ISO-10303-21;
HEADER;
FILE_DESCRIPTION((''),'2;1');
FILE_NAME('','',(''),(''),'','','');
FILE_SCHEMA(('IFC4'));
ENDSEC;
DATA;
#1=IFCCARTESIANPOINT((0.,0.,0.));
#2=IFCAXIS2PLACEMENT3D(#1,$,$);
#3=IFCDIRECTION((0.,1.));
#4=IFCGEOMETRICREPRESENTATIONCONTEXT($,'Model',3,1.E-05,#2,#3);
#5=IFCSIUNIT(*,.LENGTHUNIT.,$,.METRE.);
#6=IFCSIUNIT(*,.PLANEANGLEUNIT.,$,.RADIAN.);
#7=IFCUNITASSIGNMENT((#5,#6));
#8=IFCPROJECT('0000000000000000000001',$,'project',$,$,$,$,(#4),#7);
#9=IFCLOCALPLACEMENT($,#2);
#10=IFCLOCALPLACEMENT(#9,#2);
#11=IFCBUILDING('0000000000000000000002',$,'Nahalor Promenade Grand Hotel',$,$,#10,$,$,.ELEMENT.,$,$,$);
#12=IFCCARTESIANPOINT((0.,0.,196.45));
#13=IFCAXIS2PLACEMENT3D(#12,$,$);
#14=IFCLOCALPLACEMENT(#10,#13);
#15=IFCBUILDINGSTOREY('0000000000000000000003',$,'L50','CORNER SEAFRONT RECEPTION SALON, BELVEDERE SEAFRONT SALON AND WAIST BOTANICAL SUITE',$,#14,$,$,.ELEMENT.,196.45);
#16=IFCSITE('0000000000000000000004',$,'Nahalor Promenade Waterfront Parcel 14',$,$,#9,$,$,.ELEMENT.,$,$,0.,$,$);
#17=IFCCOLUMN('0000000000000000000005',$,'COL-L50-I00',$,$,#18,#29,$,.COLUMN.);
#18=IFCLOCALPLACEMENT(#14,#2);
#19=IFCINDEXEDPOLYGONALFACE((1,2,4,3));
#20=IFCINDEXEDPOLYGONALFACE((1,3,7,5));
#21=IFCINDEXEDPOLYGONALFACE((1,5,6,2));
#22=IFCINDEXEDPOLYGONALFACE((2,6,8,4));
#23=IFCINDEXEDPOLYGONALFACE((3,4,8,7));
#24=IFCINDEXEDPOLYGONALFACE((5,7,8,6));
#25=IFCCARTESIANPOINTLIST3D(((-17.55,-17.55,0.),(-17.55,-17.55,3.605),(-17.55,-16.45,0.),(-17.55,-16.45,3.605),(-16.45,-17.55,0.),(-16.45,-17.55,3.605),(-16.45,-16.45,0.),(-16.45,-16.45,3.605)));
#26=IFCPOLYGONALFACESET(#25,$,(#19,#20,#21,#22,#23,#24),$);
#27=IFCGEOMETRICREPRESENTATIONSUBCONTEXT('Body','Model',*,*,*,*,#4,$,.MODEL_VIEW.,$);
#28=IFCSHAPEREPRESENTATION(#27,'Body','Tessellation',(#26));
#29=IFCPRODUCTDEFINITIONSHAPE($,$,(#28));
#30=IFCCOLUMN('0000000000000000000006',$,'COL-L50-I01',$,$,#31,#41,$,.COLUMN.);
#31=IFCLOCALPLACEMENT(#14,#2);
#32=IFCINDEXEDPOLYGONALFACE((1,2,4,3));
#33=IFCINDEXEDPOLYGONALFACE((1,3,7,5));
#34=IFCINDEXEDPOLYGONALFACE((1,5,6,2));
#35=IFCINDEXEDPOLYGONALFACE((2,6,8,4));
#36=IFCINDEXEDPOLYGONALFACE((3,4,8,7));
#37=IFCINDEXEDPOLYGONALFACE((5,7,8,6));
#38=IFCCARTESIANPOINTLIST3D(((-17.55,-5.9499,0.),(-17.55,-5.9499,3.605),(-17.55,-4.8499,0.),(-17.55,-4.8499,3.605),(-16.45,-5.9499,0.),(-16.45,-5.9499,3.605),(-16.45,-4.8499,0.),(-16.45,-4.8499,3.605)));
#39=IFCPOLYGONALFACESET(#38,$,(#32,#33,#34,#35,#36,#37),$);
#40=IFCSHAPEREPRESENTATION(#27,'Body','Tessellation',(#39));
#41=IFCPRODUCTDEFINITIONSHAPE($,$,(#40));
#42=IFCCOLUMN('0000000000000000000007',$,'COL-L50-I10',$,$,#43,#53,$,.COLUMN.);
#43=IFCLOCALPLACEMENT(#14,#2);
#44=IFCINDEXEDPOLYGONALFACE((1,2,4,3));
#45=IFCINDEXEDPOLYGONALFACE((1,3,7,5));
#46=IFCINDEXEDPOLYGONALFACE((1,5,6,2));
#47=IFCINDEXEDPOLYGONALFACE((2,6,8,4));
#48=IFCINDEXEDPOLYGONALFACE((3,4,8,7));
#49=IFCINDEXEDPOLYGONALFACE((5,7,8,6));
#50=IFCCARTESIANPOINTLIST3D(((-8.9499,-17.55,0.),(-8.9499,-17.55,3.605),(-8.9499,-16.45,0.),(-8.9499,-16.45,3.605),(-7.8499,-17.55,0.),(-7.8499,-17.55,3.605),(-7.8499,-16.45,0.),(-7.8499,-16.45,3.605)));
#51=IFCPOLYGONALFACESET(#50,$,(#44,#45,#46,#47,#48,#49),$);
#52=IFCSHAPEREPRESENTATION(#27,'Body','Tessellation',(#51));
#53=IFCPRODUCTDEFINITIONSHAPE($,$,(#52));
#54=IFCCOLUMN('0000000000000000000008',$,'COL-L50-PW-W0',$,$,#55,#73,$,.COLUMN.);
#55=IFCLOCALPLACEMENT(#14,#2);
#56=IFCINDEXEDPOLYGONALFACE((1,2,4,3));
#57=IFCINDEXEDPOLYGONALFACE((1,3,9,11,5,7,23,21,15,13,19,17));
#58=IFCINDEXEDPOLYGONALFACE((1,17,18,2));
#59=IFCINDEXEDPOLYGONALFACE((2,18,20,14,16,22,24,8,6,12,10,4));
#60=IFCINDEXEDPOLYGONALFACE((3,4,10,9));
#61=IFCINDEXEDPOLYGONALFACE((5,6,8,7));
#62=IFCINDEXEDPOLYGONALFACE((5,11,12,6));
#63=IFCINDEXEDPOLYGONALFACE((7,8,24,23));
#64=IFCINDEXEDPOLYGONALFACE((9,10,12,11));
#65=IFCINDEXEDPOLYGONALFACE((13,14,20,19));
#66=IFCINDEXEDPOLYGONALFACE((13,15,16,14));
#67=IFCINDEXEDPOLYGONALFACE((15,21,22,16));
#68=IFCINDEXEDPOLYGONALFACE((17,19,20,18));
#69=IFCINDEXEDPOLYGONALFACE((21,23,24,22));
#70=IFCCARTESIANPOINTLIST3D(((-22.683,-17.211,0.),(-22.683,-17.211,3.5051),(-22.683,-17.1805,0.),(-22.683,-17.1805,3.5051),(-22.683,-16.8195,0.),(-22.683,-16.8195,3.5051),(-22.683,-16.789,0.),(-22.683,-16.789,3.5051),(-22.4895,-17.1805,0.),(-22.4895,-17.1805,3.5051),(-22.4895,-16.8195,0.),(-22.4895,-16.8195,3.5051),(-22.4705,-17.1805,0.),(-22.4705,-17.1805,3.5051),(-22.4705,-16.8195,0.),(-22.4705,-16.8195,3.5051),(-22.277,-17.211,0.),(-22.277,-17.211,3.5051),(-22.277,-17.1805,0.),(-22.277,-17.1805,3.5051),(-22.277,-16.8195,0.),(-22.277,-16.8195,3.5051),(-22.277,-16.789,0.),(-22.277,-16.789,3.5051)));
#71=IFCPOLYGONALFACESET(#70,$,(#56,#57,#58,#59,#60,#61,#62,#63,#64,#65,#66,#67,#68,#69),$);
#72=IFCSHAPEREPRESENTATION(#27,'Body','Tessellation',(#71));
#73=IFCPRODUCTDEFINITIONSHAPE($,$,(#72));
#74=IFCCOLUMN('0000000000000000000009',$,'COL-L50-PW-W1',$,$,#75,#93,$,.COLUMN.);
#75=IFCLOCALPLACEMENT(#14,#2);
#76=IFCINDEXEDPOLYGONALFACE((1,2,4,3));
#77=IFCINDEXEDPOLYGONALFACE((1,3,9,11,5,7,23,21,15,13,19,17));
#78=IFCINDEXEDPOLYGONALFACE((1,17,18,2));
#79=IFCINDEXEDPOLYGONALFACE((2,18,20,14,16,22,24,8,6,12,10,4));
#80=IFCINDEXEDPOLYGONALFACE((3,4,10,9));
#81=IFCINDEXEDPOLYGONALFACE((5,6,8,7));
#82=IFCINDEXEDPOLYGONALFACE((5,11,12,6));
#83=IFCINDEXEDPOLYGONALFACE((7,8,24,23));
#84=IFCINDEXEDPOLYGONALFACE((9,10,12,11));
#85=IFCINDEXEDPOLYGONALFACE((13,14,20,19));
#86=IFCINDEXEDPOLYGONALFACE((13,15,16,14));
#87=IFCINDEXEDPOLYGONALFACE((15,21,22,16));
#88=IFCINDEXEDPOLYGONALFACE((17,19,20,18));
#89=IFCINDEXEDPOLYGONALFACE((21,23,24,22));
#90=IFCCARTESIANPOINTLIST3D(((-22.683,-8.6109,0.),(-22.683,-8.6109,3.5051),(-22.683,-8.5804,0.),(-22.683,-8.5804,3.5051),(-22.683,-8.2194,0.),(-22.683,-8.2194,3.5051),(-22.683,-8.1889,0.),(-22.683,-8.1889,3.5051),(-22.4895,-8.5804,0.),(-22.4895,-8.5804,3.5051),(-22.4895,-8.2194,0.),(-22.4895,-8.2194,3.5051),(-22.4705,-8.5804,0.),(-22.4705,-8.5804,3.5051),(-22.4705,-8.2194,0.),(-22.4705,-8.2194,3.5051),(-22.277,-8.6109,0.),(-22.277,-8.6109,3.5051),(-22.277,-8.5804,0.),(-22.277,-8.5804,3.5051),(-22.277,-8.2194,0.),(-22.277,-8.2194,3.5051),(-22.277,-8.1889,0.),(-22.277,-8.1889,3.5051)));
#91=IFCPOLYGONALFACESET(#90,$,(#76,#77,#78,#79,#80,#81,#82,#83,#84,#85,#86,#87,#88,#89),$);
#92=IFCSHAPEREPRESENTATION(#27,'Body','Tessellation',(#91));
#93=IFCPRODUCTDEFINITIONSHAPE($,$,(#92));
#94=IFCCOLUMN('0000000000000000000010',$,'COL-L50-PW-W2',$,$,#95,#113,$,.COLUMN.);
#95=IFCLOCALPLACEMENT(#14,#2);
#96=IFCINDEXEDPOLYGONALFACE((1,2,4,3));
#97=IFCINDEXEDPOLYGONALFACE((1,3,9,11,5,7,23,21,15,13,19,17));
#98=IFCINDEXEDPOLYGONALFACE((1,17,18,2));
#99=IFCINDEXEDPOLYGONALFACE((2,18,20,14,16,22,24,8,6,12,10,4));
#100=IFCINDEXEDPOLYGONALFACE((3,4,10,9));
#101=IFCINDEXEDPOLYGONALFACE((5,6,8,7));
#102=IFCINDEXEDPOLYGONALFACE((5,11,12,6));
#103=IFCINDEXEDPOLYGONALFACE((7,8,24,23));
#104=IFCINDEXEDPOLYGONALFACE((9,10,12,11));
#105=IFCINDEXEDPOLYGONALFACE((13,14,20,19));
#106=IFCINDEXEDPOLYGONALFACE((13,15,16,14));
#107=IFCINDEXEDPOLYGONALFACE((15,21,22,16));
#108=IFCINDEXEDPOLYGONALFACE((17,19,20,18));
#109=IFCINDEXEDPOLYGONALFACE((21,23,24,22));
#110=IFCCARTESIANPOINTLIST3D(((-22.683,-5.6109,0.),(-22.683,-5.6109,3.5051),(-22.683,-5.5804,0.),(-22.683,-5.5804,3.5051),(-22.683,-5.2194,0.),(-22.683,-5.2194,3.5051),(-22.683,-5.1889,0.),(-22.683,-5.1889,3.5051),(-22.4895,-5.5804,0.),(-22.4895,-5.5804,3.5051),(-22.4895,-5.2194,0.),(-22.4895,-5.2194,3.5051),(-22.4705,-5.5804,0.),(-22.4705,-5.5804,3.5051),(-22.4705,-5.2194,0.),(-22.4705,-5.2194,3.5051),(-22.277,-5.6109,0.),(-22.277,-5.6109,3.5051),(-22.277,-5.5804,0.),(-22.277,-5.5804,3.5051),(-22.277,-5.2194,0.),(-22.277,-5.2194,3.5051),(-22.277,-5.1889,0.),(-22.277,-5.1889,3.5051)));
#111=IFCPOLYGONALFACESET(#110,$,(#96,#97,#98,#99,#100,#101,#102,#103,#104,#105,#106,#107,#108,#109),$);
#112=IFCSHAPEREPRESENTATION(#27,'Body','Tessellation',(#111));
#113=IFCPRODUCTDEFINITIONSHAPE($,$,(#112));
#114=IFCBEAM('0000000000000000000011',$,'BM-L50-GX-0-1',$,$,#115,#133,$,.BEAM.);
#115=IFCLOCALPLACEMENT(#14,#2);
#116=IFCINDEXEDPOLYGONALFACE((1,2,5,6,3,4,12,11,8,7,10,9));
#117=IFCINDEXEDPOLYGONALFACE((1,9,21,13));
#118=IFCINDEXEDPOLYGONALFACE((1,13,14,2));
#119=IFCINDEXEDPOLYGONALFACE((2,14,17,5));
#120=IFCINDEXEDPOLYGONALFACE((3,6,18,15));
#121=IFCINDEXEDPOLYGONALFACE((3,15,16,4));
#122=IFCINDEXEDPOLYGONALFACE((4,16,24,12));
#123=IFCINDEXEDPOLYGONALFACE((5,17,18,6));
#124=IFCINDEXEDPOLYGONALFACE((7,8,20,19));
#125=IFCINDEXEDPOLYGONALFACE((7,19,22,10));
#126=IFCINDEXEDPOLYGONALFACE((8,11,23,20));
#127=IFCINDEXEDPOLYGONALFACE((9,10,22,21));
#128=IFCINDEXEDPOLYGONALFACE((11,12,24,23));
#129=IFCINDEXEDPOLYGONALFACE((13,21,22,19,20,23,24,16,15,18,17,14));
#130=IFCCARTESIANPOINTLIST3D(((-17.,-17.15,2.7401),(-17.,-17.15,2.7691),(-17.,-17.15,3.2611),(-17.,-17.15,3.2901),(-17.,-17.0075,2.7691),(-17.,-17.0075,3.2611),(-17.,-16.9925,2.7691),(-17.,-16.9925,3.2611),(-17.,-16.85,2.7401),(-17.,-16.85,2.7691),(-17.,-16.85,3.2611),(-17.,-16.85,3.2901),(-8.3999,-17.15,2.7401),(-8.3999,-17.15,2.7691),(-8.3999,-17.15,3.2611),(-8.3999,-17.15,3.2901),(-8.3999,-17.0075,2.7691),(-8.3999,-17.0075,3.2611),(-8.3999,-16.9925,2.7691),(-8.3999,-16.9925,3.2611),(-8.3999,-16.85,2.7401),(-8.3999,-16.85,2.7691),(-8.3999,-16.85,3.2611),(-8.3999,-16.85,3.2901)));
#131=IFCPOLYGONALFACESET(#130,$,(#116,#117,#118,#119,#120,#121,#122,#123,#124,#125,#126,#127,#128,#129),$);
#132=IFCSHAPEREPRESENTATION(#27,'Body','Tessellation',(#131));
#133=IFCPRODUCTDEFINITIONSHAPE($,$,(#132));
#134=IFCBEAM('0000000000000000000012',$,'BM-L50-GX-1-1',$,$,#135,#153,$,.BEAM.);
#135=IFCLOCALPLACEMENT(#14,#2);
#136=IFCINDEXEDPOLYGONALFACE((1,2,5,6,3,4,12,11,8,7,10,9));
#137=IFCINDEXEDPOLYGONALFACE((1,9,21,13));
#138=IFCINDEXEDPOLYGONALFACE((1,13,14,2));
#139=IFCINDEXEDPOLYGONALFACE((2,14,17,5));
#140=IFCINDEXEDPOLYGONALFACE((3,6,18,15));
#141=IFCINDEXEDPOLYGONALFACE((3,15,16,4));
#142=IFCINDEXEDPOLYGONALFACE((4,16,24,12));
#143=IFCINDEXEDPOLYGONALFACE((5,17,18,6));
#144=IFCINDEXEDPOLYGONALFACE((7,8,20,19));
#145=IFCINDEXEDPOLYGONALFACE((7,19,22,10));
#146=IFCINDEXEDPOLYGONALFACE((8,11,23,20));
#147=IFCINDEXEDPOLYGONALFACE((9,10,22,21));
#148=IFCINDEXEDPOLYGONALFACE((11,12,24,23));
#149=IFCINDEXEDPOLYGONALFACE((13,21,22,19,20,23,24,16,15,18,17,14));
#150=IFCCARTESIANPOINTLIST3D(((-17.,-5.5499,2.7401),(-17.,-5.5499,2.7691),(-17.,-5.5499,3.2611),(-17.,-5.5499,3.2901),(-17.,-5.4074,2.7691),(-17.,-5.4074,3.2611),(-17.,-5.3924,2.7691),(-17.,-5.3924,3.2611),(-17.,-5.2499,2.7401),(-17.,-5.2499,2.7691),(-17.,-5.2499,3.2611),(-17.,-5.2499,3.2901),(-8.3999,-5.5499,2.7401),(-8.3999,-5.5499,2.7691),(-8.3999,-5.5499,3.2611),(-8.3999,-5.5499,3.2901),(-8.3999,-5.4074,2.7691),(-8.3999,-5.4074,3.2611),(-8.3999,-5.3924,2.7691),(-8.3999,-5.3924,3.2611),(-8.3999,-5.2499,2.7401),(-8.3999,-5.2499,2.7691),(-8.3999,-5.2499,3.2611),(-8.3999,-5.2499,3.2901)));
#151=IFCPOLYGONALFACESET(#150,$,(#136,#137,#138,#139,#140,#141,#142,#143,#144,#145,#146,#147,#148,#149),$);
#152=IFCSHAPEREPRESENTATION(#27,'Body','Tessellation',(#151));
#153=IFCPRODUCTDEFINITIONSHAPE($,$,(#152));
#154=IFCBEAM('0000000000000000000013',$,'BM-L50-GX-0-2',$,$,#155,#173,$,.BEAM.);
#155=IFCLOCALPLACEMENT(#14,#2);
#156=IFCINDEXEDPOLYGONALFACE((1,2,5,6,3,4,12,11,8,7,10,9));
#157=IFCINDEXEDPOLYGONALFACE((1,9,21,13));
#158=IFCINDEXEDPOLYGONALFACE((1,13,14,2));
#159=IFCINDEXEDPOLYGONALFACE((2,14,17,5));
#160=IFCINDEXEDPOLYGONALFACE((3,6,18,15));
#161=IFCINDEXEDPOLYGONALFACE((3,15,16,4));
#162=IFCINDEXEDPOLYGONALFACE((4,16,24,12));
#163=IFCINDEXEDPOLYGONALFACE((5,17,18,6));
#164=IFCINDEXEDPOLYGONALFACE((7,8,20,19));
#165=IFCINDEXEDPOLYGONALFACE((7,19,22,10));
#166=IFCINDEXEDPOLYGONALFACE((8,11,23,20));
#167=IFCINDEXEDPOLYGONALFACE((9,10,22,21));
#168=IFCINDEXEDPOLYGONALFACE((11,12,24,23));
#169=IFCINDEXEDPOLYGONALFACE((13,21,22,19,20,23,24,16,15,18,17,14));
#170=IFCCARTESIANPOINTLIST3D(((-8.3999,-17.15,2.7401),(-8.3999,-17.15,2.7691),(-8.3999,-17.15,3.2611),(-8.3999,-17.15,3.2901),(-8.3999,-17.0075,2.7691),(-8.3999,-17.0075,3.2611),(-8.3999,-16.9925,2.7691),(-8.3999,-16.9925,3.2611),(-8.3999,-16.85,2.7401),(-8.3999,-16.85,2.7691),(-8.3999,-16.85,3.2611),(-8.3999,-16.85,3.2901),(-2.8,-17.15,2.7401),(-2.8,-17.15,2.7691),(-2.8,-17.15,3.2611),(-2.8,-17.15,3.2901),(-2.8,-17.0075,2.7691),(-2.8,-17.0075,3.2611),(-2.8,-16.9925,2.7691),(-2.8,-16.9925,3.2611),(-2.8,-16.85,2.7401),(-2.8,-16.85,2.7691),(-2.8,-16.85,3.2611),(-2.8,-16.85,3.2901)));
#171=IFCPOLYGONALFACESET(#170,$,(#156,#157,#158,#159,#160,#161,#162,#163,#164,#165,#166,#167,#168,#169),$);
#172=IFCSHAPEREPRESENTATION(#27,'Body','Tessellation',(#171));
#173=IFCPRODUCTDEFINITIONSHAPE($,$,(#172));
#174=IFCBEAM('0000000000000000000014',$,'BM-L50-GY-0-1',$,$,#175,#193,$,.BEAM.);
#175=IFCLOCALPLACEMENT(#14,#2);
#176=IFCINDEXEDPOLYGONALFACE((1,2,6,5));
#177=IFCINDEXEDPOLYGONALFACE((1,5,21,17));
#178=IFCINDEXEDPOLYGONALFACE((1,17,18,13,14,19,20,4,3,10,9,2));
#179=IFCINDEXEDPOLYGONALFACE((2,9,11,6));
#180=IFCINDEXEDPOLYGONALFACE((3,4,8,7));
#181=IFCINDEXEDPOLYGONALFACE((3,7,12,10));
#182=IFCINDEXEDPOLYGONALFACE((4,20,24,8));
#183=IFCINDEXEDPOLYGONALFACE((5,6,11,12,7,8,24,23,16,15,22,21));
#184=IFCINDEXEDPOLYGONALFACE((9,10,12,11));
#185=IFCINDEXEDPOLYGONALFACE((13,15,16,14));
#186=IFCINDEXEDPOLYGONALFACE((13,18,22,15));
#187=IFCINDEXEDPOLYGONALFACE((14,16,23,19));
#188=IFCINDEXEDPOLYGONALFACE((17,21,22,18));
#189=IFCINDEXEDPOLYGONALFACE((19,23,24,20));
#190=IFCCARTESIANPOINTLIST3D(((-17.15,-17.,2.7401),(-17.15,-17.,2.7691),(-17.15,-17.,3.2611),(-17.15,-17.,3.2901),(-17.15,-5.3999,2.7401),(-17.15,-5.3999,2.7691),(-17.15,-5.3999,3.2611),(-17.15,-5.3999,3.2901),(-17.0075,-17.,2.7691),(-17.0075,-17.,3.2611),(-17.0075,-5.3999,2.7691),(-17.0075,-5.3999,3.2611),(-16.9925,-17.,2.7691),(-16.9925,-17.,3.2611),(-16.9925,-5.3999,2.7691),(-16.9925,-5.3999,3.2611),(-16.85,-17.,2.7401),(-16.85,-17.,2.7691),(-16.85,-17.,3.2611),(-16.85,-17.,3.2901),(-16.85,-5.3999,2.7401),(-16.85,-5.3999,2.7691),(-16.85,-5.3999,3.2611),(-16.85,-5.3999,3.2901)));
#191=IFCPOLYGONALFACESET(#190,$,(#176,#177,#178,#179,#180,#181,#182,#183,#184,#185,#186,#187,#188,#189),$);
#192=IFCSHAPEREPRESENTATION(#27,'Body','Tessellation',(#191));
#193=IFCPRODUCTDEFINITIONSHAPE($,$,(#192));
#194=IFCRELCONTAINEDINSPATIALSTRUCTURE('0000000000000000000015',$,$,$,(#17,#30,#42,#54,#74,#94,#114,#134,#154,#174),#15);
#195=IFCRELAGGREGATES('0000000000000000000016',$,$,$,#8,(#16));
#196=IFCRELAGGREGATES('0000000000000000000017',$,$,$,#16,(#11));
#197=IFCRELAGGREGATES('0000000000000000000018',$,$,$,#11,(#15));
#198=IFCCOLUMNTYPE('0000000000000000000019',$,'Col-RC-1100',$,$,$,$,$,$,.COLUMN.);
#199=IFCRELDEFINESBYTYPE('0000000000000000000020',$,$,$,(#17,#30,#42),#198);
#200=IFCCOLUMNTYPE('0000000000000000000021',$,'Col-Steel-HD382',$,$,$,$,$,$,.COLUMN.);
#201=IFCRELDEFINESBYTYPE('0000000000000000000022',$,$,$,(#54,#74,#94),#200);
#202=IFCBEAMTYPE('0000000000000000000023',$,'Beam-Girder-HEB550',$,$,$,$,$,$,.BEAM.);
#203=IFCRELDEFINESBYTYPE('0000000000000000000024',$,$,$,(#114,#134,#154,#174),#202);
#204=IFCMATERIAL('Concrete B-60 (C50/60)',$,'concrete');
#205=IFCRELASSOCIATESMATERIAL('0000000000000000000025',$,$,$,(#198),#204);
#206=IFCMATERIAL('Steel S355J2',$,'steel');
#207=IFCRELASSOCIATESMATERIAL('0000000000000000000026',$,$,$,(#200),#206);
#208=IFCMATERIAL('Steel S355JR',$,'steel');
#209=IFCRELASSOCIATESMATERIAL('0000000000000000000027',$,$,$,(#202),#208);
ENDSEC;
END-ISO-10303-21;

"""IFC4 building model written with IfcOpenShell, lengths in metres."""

from ifc_helpers import new_model, si_unit, direction, frame, origin, origin_2d, place, context, subcontext, project, spatial, rectangle, i_section, extrude, source, transform, mapped, material, material_profile, profile_set, type_object, element, save


model = new_model("IFC4")

# Units and contexts
model_context = context("Model", 3, precision=1e-05, world=origin(), true_north=direction((0.0, 1.0)))
body_context = subcontext(model_context, "Body", "Model", "MODEL_VIEW")
ifc_project = project(units=[si_unit("LENGTHUNIT", "METRE"), si_unit("PLANEANGLEUNIT", "RADIAN")], contexts=[model_context])

# Site, building, storey
site_placement = place(None, origin())
site = spatial("IfcSite", under=ifc_project, at=site_placement, Name="Nahalor Promenade Waterfront Parcel 14", CompositionType="ELEMENT", RefElevation=0.0)
building_placement = place(site_placement, origin())
building = spatial("IfcBuilding", under=site, at=building_placement, Name="Nahalor Promenade Grand Hotel", CompositionType="ELEMENT")
storey_placement = place(building_placement, frame((0.0, 0.0, 196.45)))
storey = spatial("IfcBuildingStorey", under=building, at=storey_placement, Name="L50", Description="CORNER SEAFRONT RECEPTION SALON, BELVEDERE SEAFRONT SALON AND WAIST BOTANICAL SUITE", CompositionType="ELEMENT", Elevation=196.45)

# Columns
ifc_material_1 = material(Name="Concrete B-60 (C50/60)", Category="concrete")
ifc_material_profile_1 = material_profile(ifc_material_1, rectangle(XDim=1.1, YDim=1.1, at=origin_2d()), Name="RC 1100x1100")
ifc_profile_set_1 = profile_set([ifc_material_profile_1], Name="Concrete B-60 (C50/60)")
column_type_1 = type_object("IfcColumnType", Name="Col-RC-1100", PredefinedType="COLUMN", material=ifc_profile_set_1)
shared_shape_1 = source(origin(), body_context, "Body", "SweptSolid", [
    extrude(rectangle(XDim=1.1, YDim=1.1, at=origin_2d()), origin(), (0.0, 0.0, 1.0), 3.605),
])
for number, where, z_axis, x_axis, name in (
    (1, (-17.0, -17.0, 0.0), (0.0, 0.0, 1.0), (1.0, 0.0, 0.0), "COL-L50-I00"),
    (2, (-17.0, -5.3999, 0.0), (0.0, 0.0, 1.0), (1.0, 0.0, 0.0), "COL-L50-I01"),
    (3, (-8.3999, -17.0, 0.0), (0.0, 0.0, 1.0), (1.0, 0.0, 0.0), "COL-L50-I10"),
):
    element("IfcColumn", number, at=place(storey_placement, frame(where, z_axis=z_axis, x_axis=x_axis)), inside=storey, type_object=column_type_1, Name=name, PredefinedType="COLUMN", context=body_context, shape_type="MappedRepresentation", body=[
        mapped(shared_shape_1, transform((0.0, 0.0, 0.0), scale=1.0)),
    ])
ifc_material_2 = material(Name="Steel S355J2", Category="steel")
ifc_material_profile_2 = material_profile(ifc_material_2, i_section(OverallWidth=0.406, OverallDepth=0.422, WebThickness=0.019, FlangeThickness=0.0305, at=origin_2d()), Name="HD 400x382")
ifc_profile_set_2 = profile_set([ifc_material_profile_2], Name="Steel S355J2")
column_type_2 = type_object("IfcColumnType", Name="Col-Steel-HD382", PredefinedType="COLUMN", material=ifc_profile_set_2)
shared_shape_2 = source(origin(), body_context, "Body", "SweptSolid", [
    extrude(i_section(OverallWidth=0.406, OverallDepth=0.422, WebThickness=0.019, FlangeThickness=0.0305, at=origin_2d()), origin(), (0.0, 0.0, 1.0), 3.5051),
])
for number, where, z_axis, x_axis, name in (
    (4, (-22.48, -17.0, 0.0), (0.0, 0.0, 1.0), (1.0, 0.0, 0.0), "COL-L50-PW-W0"),
    (5, (-22.48, -8.3999, 0.0), (0.0, 0.0, 1.0), (1.0, 0.0, 0.0), "COL-L50-PW-W1"),
    (6, (-22.48, -5.3999, 0.0), (0.0, 0.0, 1.0), (1.0, 0.0, 0.0), "COL-L50-PW-W2"),
):
    element("IfcColumn", number, at=place(storey_placement, frame(where, z_axis=z_axis, x_axis=x_axis)), inside=storey, type_object=column_type_2, Name=name, PredefinedType="COLUMN", context=body_context, shape_type="MappedRepresentation", body=[
        mapped(shared_shape_2, transform((0.0, 0.0, 0.0), scale=1.0)),
    ])

# Beams
ifc_material_3 = material(Name="Steel S355JR", Category="steel")
ifc_material_profile_3 = material_profile(ifc_material_3, i_section(OverallWidth=0.3, OverallDepth=0.55, WebThickness=0.015, FlangeThickness=0.029, at=origin_2d()), Name="HEB 550")
ifc_profile_set_3 = profile_set([ifc_material_profile_3], Name="Steel S355JR")
beam_type_1 = type_object("IfcBeamType", Name="Beam-Girder-HEB550", PredefinedType="BEAM", material=ifc_profile_set_3)
shared_shape_3 = source(origin(), body_context, "Body", "SweptSolid", [
    extrude(i_section(OverallWidth=0.3, OverallDepth=0.55, WebThickness=0.015, FlangeThickness=0.029, at=origin_2d()), origin(), (0.0, 0.0, 1.0), 8.6001),
])
for number, where, z_axis, x_axis, name in (
    (7, (-17.0, -17.0, 3.0151), (1.0, 0.0, 0.0), (0.0, 1.0, 0.0), "BM-L50-GX-0-1"),
    (8, (-17.0, -5.3999, 3.0151), (1.0, 0.0, 0.0), (0.0, 1.0, 0.0), "BM-L50-GX-1-1"),
):
    element("IfcBeam", number, at=place(storey_placement, frame(where, z_axis=z_axis, x_axis=x_axis)), inside=storey, type_object=beam_type_1, Name=name, PredefinedType="BEAM", context=body_context, shape_type="MappedRepresentation", body=[
        mapped(shared_shape_3, transform((0.0, 0.0, 0.0), scale=1.0)),
    ])
shared_shape_4 = source(origin(), body_context, "Body", "SweptSolid", [
    extrude(i_section(OverallWidth=0.3, OverallDepth=0.55, WebThickness=0.015, FlangeThickness=0.029, at=origin_2d()), origin(), (0.0, 0.0, 1.0), 5.5999),
])
beam_1_placement = place(storey_placement, frame((-8.3999, -17.0, 3.0151), z_axis=(1.0, 0.0, 0.0), x_axis=(0.0, 1.0, 0.0)))
element("IfcBeam", 9, at=beam_1_placement, inside=storey, type_object=beam_type_1, Name="BM-L50-GX-0-2", PredefinedType="BEAM", context=body_context, shape_type="MappedRepresentation", body=[
    mapped(shared_shape_4, transform((0.0, 0.0, 0.0), scale=1.0)),
])
shared_shape_5 = source(origin(), body_context, "Body", "SweptSolid", [
    extrude(i_section(OverallWidth=0.3, OverallDepth=0.55, WebThickness=0.015, FlangeThickness=0.029, at=origin_2d()), origin(), (0.0, 0.0, 1.0), 11.6001),
])
for number, where, z_axis, x_axis, name in (
    (10, (-17.0, -17.0, 3.0151), (0.0, 1.0, 0.0), (-1.0, 0.0, 0.0), "BM-L50-GY-0-1"),
):
    element("IfcBeam", number, at=place(storey_placement, frame(where, z_axis=z_axis, x_axis=x_axis)), inside=storey, type_object=beam_type_1, Name=name, PredefinedType="BEAM", context=body_context, shape_type="MappedRepresentation", body=[
        mapped(shared_shape_5, transform((0.0, 0.0, 0.0), scale=1.0)),
    ])

save(model, "model.ifc")
